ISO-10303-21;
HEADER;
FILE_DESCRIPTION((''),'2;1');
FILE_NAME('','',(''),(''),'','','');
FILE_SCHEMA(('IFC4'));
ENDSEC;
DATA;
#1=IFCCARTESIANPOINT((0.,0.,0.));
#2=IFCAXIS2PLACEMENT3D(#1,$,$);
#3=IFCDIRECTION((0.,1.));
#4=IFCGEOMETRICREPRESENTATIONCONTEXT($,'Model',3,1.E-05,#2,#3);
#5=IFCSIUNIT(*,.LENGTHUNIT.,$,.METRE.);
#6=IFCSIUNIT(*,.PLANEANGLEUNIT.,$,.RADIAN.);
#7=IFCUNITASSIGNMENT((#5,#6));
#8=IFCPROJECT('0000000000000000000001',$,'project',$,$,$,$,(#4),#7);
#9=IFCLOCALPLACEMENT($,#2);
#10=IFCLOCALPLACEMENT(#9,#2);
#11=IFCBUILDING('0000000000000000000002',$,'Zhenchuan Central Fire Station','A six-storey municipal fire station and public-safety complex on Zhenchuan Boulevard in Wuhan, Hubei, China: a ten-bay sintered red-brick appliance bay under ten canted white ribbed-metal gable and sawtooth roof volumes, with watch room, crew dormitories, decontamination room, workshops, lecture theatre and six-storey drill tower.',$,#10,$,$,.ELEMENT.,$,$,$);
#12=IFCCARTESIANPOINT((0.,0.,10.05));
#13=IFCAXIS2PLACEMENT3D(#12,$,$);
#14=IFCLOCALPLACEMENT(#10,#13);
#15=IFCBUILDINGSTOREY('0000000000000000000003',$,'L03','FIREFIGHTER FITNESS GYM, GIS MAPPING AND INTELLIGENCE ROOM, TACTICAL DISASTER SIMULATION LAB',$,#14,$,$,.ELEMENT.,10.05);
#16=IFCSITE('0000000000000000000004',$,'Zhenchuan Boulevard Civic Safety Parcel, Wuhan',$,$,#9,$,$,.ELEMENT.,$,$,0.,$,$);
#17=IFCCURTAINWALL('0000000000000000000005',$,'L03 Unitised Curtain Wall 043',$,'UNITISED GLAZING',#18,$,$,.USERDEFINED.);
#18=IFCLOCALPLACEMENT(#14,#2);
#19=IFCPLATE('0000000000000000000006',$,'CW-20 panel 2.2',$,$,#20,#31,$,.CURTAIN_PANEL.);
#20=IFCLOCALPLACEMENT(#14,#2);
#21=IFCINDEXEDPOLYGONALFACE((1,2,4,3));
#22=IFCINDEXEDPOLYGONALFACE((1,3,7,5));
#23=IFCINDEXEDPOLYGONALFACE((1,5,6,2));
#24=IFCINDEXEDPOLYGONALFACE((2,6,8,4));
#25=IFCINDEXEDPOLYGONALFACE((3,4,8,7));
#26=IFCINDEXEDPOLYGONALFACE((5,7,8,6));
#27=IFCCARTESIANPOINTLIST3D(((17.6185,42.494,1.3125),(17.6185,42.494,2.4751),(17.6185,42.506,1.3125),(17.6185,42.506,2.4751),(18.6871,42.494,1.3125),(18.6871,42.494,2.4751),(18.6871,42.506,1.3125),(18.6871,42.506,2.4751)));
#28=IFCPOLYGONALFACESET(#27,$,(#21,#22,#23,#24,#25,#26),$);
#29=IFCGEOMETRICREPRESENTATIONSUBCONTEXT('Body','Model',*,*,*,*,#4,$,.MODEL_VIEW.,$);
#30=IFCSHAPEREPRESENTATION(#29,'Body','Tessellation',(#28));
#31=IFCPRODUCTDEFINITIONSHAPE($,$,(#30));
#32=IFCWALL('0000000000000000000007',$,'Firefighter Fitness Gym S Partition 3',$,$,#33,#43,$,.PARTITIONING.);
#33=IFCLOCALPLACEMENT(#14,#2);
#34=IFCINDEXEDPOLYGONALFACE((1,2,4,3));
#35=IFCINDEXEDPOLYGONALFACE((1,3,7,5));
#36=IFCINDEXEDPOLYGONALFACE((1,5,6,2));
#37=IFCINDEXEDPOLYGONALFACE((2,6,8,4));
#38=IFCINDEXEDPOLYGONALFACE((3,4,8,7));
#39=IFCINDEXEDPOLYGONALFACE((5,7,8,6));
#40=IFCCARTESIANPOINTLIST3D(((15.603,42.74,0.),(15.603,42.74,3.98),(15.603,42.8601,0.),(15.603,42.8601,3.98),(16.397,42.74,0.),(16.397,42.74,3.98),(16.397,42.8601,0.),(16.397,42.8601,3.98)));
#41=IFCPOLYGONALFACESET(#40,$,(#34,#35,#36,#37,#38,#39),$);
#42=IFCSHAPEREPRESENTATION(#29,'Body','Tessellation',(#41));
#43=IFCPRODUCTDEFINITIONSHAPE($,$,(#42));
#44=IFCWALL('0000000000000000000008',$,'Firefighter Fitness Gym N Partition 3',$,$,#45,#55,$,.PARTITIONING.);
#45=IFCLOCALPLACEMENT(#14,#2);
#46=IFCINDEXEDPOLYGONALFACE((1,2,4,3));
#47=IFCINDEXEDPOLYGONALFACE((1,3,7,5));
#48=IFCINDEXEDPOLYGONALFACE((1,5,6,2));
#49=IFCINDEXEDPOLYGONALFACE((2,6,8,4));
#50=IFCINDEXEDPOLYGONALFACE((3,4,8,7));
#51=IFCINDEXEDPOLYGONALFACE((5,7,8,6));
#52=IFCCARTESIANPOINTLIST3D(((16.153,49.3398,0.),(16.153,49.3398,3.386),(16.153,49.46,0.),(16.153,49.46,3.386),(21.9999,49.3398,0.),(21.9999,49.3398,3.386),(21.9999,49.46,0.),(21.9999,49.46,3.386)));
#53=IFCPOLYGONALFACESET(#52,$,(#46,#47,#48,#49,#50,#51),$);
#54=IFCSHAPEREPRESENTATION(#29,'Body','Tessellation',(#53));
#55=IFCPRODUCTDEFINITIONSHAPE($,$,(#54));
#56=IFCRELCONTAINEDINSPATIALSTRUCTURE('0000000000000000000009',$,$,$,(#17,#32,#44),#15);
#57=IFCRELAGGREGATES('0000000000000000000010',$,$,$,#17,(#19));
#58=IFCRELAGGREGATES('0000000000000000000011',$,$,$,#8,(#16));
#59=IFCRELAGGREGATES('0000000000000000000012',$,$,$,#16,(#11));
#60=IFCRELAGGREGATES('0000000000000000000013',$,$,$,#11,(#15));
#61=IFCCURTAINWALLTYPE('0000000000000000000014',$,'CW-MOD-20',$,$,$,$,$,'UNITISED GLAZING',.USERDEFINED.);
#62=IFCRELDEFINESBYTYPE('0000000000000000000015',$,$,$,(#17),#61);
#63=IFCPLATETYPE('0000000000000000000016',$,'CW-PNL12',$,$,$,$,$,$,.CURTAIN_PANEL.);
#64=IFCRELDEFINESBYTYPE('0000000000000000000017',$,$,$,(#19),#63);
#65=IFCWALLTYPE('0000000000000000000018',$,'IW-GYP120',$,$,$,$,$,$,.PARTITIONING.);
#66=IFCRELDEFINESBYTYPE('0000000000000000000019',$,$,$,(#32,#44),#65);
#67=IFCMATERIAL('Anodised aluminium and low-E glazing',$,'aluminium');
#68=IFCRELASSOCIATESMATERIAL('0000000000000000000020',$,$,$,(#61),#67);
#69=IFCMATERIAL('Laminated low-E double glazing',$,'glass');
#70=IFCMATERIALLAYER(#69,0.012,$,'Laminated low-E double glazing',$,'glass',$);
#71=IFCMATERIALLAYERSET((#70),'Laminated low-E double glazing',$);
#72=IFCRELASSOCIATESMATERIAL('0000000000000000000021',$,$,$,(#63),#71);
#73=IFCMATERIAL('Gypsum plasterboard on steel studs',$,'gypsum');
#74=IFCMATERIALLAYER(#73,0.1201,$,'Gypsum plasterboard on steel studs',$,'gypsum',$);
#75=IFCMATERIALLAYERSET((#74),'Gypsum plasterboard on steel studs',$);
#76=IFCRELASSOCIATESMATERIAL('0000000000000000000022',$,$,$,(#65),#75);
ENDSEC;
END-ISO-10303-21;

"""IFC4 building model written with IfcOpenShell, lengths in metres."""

from ifc_helpers import new_model, si_unit, direction, frame, frame_2d, origin, origin_2d, place, context, subcontext, project, spatial, rectangle, extrude, material, layer, layer_set, type_object, element, aggregate, save


model = new_model("IFC4")

# Units and contexts
model_context = context("Model", 3, precision=1e-05, world=origin(), true_north=direction((0.0, 1.0)))
body_context = subcontext(model_context, "Body", "Model", "MODEL_VIEW")
ifc_project = project(units=[si_unit("LENGTHUNIT", "METRE"), si_unit("PLANEANGLEUNIT", "RADIAN")], contexts=[model_context])

# Site, building, storey
site_placement = place(None, origin())
site = spatial("IfcSite", under=ifc_project, at=site_placement, Name="Zhenchuan Boulevard Civic Safety Parcel, Wuhan", CompositionType="ELEMENT", RefElevation=0.0)
building_placement = place(site_placement, origin())
building = spatial("IfcBuilding", under=site, at=building_placement, Name="Zhenchuan Central Fire Station", Description="A six-storey municipal fire station and public-safety complex on Zhenchuan Boulevard in Wuhan, Hubei, China: a ten-bay sintered red-brick appliance bay under ten canted white ribbed-metal gable and sawtooth roof volumes, with watch room, crew dormitories, decontamination room, workshops, lecture theatre and six-storey drill tower.", CompositionType="ELEMENT")
storey_placement = place(building_placement, frame((0.0, 0.0, 10.05)))
storey = spatial("IfcBuildingStorey", under=building, at=storey_placement, Name="L03", Description="FIREFIGHTER FITNESS GYM, GIS MAPPING AND INTELLIGENCE ROOM, TACTICAL DISASTER SIMULATION LAB", CompositionType="ELEMENT", Elevation=10.05)

# Curtain wall
ifc_material_1 = material(Name="Anodised aluminium and low-E glazing", Category="aluminium")
curtain_wall_type_1 = type_object("IfcCurtainWallType", Name="CW-MOD-20", ElementType="UNITISED GLAZING", PredefinedType="USERDEFINED", material=ifc_material_1)
curtain_wall_1_placement = place(storey_placement, origin())
curtain_wall_1 = element("IfcCurtainWall", 1, at=curtain_wall_1_placement, inside=storey, type_object=curtain_wall_type_1, Name="L03 Unitised Curtain Wall 043", ObjectType="UNITISED GLAZING", PredefinedType="USERDEFINED")

# Plate
ifc_material_2 = material(Name="Laminated low-E double glazing", Category="glass")
ifc_layer_1 = layer(ifc_material_2, 0.012, Name="Laminated low-E double glazing", Category="glass")
ifc_layer_set_1 = layer_set([ifc_layer_1], Name="Laminated low-E double glazing")
plate_type = type_object("IfcPlateType", Name="CW-PNL12", PredefinedType="CURTAIN_PANEL", material=ifc_layer_set_1)
plate_1_placement = place(storey_placement, frame((18.1528, 42.5, 1.3125), z_axis=(0.0, 0.0, 1.0), x_axis=(1.0, 0.0, 0.0)))
plate_1 = element("IfcPlate", 2, at=plate_1_placement, type_object=plate_type, Name="CW-20 panel 2.2", PredefinedType="CURTAIN_PANEL", context=body_context, shape_type="SweptSolid", body=[
    extrude(rectangle(XDim=1.0686, YDim=0.012, at=origin_2d()), origin(), (0.0, 0.0, 1.0), 1.1626),
])
aggregate(curtain_wall_1, [plate_1])

# Walls
ifc_material_3 = material(Name="Gypsum plasterboard on steel studs", Category="gypsum")
ifc_layer_2 = layer(ifc_material_3, 0.1201, Name="Gypsum plasterboard on steel studs", Category="gypsum")
ifc_layer_set_2 = layer_set([ifc_layer_2], Name="Gypsum plasterboard on steel studs")
wall_type = type_object("IfcWallType", Name="IW-GYP120", PredefinedType="PARTITIONING", material=ifc_layer_set_2)
wall_1_placement = place(storey_placement, frame((15.603, 42.8, 0.0), z_axis=(0.0, 0.0, 1.0), x_axis=(1.0, 0.0, 0.0)))
element("IfcWall", 3, at=wall_1_placement, inside=storey, type_object=wall_type, Name="Firefighter Fitness Gym S Partition 3", PredefinedType="PARTITIONING", context=body_context, shape_type="SweptSolid", body=[
    extrude(rectangle(XDim=0.7939, YDim=0.1201, at=frame_2d((0.397, 0.0))), origin(), (0.0, 0.0, 1.0), 3.98),
])
wall_2_placement = place(storey_placement, frame((16.1531, 49.3999, 0.0), z_axis=(0.0, 0.0, 1.0), x_axis=(1.0, 0.0, 0.0)))
element("IfcWall", 4, at=wall_2_placement, inside=storey, type_object=wall_type, Name="Firefighter Fitness Gym N Partition 3", PredefinedType="PARTITIONING", context=body_context, shape_type="SweptSolid", body=[
    extrude(rectangle(XDim=5.8469, YDim=0.1201, at=frame_2d((2.9233, 0.0))), origin(), (0.0, 0.0, 1.0), 3.386),
])

save(model, "model.ifc")
